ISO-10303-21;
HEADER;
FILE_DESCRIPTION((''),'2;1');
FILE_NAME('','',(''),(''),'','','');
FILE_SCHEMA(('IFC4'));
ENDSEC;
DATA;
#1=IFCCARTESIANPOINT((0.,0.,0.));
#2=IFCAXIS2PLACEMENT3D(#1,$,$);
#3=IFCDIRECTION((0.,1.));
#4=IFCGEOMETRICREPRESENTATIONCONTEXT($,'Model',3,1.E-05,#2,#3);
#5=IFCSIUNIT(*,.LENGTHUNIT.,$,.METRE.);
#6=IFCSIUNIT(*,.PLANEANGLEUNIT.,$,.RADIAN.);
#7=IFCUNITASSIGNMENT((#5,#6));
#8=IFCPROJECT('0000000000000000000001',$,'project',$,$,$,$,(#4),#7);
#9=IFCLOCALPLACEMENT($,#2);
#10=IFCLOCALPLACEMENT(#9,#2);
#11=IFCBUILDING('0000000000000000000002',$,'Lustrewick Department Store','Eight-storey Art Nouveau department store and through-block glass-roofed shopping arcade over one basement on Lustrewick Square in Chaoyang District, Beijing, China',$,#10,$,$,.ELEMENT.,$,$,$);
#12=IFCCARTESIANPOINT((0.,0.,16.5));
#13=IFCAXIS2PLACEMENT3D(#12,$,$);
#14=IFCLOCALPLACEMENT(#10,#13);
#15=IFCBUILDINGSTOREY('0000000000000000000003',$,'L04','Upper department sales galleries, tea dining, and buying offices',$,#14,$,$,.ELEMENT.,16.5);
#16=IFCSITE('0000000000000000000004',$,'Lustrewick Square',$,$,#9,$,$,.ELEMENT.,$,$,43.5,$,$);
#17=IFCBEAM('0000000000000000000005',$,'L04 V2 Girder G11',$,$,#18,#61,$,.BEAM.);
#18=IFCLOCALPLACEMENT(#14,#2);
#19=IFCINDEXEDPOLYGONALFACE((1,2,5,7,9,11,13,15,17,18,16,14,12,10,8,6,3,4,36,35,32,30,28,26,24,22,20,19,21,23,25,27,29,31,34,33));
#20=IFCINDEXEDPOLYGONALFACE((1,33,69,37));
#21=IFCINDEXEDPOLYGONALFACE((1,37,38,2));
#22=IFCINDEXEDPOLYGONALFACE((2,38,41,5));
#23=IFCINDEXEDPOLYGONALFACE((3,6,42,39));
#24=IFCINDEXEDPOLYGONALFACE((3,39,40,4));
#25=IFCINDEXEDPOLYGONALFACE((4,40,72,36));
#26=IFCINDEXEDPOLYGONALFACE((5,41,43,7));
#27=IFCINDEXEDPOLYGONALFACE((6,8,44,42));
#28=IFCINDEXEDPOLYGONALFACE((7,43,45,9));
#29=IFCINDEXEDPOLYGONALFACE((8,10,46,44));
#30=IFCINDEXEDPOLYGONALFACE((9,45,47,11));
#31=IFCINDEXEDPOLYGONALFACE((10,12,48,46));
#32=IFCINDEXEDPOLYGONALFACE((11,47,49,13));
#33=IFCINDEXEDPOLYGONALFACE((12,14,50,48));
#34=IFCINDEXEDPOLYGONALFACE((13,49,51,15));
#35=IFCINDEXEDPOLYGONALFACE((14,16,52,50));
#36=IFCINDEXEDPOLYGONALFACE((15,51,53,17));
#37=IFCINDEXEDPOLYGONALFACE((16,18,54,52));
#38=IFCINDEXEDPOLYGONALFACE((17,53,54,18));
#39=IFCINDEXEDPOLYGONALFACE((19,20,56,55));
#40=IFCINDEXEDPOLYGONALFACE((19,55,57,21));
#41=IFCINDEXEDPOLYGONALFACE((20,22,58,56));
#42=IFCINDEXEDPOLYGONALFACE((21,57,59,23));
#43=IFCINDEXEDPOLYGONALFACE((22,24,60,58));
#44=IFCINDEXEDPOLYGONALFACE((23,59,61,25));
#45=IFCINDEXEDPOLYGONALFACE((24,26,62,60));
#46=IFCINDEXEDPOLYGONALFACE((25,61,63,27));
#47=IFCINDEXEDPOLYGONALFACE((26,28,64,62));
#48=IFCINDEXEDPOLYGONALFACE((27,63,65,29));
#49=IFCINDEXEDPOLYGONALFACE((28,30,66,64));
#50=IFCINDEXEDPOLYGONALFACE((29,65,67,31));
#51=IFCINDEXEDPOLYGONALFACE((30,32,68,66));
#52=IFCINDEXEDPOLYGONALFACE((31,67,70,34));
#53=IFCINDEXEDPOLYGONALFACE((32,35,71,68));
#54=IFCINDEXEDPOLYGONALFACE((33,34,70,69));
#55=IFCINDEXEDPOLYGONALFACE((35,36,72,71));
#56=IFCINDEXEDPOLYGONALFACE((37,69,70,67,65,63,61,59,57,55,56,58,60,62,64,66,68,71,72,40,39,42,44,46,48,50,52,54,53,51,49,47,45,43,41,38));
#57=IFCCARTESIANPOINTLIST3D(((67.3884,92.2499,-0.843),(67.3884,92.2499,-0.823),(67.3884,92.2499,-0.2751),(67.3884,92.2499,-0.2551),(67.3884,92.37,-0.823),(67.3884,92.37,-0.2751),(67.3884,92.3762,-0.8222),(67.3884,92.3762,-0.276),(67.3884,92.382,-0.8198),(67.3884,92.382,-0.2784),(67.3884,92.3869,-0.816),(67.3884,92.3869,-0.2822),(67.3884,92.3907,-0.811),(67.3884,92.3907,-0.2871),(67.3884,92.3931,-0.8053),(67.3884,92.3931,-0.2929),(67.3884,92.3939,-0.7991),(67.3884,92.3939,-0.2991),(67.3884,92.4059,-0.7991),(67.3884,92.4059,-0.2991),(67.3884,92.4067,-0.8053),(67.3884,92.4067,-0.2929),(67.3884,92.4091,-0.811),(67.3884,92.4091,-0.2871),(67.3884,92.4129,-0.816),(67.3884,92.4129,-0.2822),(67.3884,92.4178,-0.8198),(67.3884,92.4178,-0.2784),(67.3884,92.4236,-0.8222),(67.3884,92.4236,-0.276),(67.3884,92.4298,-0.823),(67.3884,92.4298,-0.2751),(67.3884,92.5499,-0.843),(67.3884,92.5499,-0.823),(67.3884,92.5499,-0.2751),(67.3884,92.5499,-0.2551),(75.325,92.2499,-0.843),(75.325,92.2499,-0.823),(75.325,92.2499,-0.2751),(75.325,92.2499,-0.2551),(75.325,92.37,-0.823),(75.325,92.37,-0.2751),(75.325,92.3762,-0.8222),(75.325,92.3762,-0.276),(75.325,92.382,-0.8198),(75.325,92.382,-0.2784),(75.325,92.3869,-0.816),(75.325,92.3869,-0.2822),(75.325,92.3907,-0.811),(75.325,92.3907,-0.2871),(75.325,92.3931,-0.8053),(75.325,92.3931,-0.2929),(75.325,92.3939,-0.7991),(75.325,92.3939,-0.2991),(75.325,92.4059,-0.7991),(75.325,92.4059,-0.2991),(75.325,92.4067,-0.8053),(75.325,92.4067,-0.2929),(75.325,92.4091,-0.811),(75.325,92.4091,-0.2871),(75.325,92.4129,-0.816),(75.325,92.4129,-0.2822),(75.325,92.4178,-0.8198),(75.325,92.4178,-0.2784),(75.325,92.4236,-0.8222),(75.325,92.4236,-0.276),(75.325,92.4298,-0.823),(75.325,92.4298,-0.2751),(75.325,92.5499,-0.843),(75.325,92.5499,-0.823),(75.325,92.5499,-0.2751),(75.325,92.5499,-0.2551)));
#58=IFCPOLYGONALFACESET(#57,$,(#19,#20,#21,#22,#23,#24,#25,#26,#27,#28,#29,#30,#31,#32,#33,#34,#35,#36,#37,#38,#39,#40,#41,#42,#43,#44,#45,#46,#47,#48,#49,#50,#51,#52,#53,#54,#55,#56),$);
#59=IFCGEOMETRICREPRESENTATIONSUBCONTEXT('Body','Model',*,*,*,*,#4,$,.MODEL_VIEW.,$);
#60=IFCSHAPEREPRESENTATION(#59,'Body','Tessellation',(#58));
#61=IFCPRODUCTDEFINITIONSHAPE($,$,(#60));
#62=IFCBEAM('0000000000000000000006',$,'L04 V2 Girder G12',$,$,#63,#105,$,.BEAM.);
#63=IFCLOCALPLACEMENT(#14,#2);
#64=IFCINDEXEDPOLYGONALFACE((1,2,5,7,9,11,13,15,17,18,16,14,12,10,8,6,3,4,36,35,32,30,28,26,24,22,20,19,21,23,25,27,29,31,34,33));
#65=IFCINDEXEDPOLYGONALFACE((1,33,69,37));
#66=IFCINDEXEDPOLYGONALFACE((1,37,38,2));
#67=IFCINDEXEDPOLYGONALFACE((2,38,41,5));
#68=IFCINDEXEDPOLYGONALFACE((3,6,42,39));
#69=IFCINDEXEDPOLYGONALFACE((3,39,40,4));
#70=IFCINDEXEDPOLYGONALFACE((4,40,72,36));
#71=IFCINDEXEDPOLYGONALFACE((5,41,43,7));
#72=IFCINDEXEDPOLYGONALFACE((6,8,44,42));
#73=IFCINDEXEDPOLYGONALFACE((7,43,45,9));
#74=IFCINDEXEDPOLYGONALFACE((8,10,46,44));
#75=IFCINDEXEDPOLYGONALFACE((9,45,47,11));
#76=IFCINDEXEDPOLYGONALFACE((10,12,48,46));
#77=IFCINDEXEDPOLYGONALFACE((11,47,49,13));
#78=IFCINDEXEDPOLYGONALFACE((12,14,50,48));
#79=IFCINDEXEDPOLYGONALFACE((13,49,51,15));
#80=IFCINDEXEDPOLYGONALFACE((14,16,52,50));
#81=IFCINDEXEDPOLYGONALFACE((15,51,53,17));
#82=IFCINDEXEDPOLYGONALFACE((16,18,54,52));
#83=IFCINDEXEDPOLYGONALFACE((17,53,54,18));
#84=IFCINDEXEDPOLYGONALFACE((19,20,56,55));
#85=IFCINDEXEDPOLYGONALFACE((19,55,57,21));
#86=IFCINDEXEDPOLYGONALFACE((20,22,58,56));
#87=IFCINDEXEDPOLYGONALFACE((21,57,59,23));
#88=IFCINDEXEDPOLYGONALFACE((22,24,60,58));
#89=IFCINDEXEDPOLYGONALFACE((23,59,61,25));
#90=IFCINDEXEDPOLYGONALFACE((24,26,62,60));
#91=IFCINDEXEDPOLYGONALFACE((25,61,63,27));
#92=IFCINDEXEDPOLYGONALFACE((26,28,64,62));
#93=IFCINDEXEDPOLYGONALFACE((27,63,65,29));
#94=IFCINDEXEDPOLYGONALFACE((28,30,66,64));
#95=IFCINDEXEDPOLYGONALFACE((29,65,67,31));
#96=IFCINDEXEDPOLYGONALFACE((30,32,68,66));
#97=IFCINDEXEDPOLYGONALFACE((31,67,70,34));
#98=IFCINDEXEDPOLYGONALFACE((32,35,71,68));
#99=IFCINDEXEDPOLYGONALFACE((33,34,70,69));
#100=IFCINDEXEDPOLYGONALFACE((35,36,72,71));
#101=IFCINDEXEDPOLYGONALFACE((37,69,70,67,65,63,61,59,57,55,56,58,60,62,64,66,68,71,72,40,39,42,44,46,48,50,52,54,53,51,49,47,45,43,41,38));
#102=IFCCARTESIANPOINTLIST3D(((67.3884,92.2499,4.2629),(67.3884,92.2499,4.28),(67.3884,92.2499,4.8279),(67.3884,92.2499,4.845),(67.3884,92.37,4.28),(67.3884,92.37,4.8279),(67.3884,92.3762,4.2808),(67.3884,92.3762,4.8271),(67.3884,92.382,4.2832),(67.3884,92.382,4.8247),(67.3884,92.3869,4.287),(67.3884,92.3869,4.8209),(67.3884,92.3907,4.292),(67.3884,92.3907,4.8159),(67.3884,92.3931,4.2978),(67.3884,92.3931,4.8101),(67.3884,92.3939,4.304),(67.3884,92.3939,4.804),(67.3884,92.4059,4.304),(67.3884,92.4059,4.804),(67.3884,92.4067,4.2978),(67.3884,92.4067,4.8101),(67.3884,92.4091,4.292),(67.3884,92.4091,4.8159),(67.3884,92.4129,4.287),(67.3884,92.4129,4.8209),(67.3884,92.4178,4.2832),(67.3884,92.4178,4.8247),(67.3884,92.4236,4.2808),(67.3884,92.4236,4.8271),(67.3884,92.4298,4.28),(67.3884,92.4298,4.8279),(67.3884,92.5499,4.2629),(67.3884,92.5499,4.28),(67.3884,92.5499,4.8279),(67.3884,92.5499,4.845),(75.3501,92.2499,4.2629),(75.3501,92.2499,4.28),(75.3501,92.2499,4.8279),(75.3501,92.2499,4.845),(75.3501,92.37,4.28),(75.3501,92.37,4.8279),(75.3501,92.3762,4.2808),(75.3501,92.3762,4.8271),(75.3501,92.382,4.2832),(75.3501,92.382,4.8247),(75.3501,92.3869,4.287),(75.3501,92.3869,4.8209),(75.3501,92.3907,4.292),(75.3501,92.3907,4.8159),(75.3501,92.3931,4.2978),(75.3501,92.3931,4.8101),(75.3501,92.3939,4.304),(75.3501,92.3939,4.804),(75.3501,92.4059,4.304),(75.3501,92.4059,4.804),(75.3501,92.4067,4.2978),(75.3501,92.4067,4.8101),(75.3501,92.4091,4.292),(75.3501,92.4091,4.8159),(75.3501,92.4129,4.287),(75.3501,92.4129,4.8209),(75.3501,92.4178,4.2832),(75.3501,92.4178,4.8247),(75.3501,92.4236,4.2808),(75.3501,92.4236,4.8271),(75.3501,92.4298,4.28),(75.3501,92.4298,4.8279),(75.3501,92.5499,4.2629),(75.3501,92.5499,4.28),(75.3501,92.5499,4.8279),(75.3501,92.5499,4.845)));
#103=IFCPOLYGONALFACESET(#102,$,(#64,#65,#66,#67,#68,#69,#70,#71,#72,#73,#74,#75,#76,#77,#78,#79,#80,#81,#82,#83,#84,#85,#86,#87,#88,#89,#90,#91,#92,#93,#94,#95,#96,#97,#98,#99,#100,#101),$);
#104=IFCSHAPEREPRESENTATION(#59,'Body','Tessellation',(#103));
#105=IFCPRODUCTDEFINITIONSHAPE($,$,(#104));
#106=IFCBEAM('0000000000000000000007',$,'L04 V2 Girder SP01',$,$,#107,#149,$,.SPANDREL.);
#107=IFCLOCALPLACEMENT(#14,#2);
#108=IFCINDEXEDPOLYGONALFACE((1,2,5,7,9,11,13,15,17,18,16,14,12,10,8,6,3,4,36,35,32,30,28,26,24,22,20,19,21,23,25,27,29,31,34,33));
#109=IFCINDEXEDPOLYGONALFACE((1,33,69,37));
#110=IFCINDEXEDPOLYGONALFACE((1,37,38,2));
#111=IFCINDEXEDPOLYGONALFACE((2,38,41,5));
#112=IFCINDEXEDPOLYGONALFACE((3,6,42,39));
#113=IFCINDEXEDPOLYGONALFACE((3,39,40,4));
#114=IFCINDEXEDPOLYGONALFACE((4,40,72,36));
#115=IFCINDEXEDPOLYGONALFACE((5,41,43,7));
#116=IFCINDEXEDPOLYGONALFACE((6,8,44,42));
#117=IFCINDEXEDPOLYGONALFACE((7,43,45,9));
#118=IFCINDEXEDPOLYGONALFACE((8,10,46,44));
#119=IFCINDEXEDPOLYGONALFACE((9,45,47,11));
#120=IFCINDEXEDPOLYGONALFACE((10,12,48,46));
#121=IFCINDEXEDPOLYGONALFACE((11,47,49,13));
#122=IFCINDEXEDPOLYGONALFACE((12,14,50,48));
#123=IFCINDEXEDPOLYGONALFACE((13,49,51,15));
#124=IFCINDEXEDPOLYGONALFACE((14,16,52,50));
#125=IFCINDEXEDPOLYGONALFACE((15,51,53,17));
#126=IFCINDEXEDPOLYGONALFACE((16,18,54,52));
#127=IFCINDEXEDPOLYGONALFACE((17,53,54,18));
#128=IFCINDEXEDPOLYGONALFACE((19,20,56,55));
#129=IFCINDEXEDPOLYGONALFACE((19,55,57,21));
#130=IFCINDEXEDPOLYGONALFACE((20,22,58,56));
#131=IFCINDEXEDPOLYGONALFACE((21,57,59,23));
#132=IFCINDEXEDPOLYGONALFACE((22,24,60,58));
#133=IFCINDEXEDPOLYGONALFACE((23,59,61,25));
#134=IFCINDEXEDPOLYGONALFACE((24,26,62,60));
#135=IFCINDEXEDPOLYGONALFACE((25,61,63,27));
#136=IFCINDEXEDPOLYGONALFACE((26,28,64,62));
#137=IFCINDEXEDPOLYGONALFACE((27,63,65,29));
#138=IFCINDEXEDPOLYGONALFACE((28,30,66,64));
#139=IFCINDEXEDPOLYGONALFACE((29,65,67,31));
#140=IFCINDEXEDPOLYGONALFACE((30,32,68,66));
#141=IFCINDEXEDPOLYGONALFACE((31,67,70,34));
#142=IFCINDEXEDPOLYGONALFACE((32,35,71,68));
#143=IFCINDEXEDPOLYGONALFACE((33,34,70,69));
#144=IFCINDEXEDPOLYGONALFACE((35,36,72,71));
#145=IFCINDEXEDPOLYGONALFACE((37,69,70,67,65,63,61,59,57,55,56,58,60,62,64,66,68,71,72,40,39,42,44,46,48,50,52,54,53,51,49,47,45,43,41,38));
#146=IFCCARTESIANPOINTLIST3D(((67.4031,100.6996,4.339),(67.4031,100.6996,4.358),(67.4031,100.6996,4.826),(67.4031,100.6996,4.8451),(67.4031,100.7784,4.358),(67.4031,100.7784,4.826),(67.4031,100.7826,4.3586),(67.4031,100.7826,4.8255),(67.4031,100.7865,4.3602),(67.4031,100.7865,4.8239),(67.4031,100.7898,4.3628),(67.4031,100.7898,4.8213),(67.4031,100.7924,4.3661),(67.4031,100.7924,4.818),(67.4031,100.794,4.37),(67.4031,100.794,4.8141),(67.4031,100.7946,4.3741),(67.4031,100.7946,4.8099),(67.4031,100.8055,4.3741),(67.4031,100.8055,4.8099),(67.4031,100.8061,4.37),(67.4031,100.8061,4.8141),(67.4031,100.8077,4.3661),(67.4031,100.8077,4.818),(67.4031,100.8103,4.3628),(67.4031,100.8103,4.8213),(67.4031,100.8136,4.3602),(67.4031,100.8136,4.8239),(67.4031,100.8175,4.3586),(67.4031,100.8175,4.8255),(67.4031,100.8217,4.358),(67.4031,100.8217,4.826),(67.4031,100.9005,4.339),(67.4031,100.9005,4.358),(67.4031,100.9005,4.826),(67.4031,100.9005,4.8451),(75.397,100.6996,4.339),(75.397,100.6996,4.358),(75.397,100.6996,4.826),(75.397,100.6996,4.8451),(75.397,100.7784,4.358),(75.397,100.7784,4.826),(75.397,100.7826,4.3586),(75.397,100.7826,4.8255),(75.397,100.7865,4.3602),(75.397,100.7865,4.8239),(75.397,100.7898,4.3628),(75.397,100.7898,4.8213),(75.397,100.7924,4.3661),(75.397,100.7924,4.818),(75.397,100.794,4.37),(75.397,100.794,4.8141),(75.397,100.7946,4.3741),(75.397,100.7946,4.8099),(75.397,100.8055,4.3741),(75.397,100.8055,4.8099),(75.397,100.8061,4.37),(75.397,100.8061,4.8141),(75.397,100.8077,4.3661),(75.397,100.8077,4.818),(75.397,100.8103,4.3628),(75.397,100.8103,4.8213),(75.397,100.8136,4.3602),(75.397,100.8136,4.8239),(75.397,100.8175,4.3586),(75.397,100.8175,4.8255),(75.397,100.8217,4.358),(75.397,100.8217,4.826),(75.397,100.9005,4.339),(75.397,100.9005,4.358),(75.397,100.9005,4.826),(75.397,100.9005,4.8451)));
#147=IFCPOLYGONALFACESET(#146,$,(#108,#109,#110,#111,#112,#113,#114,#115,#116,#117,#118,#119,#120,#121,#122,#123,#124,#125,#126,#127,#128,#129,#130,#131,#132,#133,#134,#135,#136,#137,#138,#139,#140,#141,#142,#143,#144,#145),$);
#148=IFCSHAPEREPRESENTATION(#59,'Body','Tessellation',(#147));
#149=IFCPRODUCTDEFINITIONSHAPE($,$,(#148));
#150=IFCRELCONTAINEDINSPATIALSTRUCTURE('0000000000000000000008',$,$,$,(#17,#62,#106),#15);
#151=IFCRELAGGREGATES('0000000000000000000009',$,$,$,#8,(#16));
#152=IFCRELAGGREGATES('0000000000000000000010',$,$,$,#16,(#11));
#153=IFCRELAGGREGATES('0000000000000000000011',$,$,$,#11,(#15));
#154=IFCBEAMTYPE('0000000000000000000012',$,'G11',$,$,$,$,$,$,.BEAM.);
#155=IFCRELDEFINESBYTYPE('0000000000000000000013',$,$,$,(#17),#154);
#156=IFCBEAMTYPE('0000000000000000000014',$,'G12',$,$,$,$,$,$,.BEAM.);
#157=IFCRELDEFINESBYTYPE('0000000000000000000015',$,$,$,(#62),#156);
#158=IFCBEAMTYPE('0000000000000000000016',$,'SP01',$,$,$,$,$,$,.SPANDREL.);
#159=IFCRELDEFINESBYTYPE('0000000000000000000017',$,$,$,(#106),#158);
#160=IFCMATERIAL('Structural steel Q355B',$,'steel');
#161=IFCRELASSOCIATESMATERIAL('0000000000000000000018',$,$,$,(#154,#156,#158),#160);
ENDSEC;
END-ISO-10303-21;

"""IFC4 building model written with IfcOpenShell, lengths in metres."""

from ifc_helpers import new_model, si_unit, direction, frame, origin, origin_2d, place, context, subcontext, project, spatial, i_section, extrude, material, material_profile, profile_set, type_object, element, save


model = new_model("IFC4")

# Units and contexts
model_context = context("Model", 3, precision=1e-05, world=origin(), true_north=direction((0.0, 1.0)))
body_context = subcontext(model_context, "Body", "Model", "MODEL_VIEW")
ifc_project = project(units=[si_unit("LENGTHUNIT", "METRE"), si_unit("PLANEANGLEUNIT", "RADIAN")], contexts=[model_context])

# Site, building, storey
site_placement = place(None, origin())
site = spatial("IfcSite", under=ifc_project, at=site_placement, Name="Lustrewick Square", CompositionType="ELEMENT", RefElevation=43.5)
building_placement = place(site_placement, origin())
building = spatial("IfcBuilding", under=site, at=building_placement, Name="Lustrewick Department Store", Description="Eight-storey Art Nouveau department store and through-block glass-roofed shopping arcade over one basement on Lustrewick Square in Chaoyang District, Beijing, China", CompositionType="ELEMENT")
storey_placement = place(building_placement, frame((0.0, 0.0, 16.5)))
storey = spatial("IfcBuildingStorey", under=building, at=storey_placement, Name="L04", Description="Upper department sales galleries, tea dining, and buying offices", CompositionType="ELEMENT", Elevation=16.5)

# Shared definitions
ifc_material_1 = material(Name="Structural steel Q355B", Category="steel")

# Beams
ifc_material_profile_1 = material_profile(ifc_material_1, i_section(OverallWidth=0.3, OverallDepth=0.5879, WebThickness=0.012, FlangeThickness=0.02, FilletRadius=0.0239, at=origin_2d()), Name="HM 588x300x12x20")
ifc_profile_set_1 = profile_set([ifc_material_profile_1], Name="Structural steel Q355B")
beam_type_1 = type_object("IfcBeamType", Name="G11", PredefinedType="BEAM", material=ifc_profile_set_1)
beam_1_placement = place(storey_placement, frame((67.3884, 92.3999, -0.5491), z_axis=(1.0, 0.0, 0.0), x_axis=(0.0, 1.0, 0.0)))
element("IfcBeam", 1, at=beam_1_placement, inside=storey, type_object=beam_type_1, Name="L04 V2 Girder G11", PredefinedType="BEAM", context=body_context, shape_type="SweptSolid", body=[
    extrude(i_section(OverallWidth=0.3, OverallDepth=0.5879, WebThickness=0.012, FlangeThickness=0.02, FilletRadius=0.0239, at=origin_2d()), origin(), (0.0, 0.0, 1.0), 7.9365),
])
ifc_material_profile_2 = material_profile(ifc_material_1, i_section(OverallWidth=0.3, OverallDepth=0.582, WebThickness=0.012, FlangeThickness=0.0171, FilletRadius=0.0239, at=origin_2d()), Name="HM 582x300x12x17")
ifc_profile_set_2 = profile_set([ifc_material_profile_2], Name="Structural steel Q355B")
beam_type_2 = type_object("IfcBeamType", Name="G12", PredefinedType="BEAM", material=ifc_profile_set_2)
beam_2_placement = place(storey_placement, frame((67.3884, 92.3999, 4.554), z_axis=(1.0, 0.0, 0.0), x_axis=(0.0, 1.0, 0.0)))
element("IfcBeam", 2, at=beam_2_placement, inside=storey, type_object=beam_type_2, Name="L04 V2 Girder G12", PredefinedType="BEAM", context=body_context, shape_type="SweptSolid", body=[
    extrude(i_section(OverallWidth=0.3, OverallDepth=0.582, WebThickness=0.012, FlangeThickness=0.0171, FilletRadius=0.0239, at=origin_2d()), origin(), (0.0, 0.0, 1.0), 7.9617),
])
ifc_material_profile_3 = material_profile(ifc_material_1, i_section(OverallWidth=0.2009, OverallDepth=0.5061, WebThickness=0.011, FlangeThickness=0.019, FilletRadius=0.0161, at=origin_2d()), Name="HN 506x201x11x19")
ifc_profile_set_3 = profile_set([ifc_material_profile_3], Name="Structural steel Q355B")
beam_type_3 = type_object("IfcBeamType", Name="SP01", PredefinedType="SPANDREL", material=ifc_profile_set_3)
beam_3_placement = place(storey_placement, frame((67.4031, 100.8, 4.592), z_axis=(1.0, 0.0, 0.0), x_axis=(0.0, 1.0, 0.0)))
element("IfcBeam", 3, at=beam_3_placement, inside=storey, type_object=beam_type_3, Name="L04 V2 Girder SP01", PredefinedType="SPANDREL", context=body_context, shape_type="SweptSolid", body=[
    extrude(i_section(OverallWidth=0.2009, OverallDepth=0.5061, WebThickness=0.011, FlangeThickness=0.019, FilletRadius=0.0161, at=origin_2d()), origin(), (0.0, 0.0, 1.0), 7.9939),
])

save(model, "model.ifc")
